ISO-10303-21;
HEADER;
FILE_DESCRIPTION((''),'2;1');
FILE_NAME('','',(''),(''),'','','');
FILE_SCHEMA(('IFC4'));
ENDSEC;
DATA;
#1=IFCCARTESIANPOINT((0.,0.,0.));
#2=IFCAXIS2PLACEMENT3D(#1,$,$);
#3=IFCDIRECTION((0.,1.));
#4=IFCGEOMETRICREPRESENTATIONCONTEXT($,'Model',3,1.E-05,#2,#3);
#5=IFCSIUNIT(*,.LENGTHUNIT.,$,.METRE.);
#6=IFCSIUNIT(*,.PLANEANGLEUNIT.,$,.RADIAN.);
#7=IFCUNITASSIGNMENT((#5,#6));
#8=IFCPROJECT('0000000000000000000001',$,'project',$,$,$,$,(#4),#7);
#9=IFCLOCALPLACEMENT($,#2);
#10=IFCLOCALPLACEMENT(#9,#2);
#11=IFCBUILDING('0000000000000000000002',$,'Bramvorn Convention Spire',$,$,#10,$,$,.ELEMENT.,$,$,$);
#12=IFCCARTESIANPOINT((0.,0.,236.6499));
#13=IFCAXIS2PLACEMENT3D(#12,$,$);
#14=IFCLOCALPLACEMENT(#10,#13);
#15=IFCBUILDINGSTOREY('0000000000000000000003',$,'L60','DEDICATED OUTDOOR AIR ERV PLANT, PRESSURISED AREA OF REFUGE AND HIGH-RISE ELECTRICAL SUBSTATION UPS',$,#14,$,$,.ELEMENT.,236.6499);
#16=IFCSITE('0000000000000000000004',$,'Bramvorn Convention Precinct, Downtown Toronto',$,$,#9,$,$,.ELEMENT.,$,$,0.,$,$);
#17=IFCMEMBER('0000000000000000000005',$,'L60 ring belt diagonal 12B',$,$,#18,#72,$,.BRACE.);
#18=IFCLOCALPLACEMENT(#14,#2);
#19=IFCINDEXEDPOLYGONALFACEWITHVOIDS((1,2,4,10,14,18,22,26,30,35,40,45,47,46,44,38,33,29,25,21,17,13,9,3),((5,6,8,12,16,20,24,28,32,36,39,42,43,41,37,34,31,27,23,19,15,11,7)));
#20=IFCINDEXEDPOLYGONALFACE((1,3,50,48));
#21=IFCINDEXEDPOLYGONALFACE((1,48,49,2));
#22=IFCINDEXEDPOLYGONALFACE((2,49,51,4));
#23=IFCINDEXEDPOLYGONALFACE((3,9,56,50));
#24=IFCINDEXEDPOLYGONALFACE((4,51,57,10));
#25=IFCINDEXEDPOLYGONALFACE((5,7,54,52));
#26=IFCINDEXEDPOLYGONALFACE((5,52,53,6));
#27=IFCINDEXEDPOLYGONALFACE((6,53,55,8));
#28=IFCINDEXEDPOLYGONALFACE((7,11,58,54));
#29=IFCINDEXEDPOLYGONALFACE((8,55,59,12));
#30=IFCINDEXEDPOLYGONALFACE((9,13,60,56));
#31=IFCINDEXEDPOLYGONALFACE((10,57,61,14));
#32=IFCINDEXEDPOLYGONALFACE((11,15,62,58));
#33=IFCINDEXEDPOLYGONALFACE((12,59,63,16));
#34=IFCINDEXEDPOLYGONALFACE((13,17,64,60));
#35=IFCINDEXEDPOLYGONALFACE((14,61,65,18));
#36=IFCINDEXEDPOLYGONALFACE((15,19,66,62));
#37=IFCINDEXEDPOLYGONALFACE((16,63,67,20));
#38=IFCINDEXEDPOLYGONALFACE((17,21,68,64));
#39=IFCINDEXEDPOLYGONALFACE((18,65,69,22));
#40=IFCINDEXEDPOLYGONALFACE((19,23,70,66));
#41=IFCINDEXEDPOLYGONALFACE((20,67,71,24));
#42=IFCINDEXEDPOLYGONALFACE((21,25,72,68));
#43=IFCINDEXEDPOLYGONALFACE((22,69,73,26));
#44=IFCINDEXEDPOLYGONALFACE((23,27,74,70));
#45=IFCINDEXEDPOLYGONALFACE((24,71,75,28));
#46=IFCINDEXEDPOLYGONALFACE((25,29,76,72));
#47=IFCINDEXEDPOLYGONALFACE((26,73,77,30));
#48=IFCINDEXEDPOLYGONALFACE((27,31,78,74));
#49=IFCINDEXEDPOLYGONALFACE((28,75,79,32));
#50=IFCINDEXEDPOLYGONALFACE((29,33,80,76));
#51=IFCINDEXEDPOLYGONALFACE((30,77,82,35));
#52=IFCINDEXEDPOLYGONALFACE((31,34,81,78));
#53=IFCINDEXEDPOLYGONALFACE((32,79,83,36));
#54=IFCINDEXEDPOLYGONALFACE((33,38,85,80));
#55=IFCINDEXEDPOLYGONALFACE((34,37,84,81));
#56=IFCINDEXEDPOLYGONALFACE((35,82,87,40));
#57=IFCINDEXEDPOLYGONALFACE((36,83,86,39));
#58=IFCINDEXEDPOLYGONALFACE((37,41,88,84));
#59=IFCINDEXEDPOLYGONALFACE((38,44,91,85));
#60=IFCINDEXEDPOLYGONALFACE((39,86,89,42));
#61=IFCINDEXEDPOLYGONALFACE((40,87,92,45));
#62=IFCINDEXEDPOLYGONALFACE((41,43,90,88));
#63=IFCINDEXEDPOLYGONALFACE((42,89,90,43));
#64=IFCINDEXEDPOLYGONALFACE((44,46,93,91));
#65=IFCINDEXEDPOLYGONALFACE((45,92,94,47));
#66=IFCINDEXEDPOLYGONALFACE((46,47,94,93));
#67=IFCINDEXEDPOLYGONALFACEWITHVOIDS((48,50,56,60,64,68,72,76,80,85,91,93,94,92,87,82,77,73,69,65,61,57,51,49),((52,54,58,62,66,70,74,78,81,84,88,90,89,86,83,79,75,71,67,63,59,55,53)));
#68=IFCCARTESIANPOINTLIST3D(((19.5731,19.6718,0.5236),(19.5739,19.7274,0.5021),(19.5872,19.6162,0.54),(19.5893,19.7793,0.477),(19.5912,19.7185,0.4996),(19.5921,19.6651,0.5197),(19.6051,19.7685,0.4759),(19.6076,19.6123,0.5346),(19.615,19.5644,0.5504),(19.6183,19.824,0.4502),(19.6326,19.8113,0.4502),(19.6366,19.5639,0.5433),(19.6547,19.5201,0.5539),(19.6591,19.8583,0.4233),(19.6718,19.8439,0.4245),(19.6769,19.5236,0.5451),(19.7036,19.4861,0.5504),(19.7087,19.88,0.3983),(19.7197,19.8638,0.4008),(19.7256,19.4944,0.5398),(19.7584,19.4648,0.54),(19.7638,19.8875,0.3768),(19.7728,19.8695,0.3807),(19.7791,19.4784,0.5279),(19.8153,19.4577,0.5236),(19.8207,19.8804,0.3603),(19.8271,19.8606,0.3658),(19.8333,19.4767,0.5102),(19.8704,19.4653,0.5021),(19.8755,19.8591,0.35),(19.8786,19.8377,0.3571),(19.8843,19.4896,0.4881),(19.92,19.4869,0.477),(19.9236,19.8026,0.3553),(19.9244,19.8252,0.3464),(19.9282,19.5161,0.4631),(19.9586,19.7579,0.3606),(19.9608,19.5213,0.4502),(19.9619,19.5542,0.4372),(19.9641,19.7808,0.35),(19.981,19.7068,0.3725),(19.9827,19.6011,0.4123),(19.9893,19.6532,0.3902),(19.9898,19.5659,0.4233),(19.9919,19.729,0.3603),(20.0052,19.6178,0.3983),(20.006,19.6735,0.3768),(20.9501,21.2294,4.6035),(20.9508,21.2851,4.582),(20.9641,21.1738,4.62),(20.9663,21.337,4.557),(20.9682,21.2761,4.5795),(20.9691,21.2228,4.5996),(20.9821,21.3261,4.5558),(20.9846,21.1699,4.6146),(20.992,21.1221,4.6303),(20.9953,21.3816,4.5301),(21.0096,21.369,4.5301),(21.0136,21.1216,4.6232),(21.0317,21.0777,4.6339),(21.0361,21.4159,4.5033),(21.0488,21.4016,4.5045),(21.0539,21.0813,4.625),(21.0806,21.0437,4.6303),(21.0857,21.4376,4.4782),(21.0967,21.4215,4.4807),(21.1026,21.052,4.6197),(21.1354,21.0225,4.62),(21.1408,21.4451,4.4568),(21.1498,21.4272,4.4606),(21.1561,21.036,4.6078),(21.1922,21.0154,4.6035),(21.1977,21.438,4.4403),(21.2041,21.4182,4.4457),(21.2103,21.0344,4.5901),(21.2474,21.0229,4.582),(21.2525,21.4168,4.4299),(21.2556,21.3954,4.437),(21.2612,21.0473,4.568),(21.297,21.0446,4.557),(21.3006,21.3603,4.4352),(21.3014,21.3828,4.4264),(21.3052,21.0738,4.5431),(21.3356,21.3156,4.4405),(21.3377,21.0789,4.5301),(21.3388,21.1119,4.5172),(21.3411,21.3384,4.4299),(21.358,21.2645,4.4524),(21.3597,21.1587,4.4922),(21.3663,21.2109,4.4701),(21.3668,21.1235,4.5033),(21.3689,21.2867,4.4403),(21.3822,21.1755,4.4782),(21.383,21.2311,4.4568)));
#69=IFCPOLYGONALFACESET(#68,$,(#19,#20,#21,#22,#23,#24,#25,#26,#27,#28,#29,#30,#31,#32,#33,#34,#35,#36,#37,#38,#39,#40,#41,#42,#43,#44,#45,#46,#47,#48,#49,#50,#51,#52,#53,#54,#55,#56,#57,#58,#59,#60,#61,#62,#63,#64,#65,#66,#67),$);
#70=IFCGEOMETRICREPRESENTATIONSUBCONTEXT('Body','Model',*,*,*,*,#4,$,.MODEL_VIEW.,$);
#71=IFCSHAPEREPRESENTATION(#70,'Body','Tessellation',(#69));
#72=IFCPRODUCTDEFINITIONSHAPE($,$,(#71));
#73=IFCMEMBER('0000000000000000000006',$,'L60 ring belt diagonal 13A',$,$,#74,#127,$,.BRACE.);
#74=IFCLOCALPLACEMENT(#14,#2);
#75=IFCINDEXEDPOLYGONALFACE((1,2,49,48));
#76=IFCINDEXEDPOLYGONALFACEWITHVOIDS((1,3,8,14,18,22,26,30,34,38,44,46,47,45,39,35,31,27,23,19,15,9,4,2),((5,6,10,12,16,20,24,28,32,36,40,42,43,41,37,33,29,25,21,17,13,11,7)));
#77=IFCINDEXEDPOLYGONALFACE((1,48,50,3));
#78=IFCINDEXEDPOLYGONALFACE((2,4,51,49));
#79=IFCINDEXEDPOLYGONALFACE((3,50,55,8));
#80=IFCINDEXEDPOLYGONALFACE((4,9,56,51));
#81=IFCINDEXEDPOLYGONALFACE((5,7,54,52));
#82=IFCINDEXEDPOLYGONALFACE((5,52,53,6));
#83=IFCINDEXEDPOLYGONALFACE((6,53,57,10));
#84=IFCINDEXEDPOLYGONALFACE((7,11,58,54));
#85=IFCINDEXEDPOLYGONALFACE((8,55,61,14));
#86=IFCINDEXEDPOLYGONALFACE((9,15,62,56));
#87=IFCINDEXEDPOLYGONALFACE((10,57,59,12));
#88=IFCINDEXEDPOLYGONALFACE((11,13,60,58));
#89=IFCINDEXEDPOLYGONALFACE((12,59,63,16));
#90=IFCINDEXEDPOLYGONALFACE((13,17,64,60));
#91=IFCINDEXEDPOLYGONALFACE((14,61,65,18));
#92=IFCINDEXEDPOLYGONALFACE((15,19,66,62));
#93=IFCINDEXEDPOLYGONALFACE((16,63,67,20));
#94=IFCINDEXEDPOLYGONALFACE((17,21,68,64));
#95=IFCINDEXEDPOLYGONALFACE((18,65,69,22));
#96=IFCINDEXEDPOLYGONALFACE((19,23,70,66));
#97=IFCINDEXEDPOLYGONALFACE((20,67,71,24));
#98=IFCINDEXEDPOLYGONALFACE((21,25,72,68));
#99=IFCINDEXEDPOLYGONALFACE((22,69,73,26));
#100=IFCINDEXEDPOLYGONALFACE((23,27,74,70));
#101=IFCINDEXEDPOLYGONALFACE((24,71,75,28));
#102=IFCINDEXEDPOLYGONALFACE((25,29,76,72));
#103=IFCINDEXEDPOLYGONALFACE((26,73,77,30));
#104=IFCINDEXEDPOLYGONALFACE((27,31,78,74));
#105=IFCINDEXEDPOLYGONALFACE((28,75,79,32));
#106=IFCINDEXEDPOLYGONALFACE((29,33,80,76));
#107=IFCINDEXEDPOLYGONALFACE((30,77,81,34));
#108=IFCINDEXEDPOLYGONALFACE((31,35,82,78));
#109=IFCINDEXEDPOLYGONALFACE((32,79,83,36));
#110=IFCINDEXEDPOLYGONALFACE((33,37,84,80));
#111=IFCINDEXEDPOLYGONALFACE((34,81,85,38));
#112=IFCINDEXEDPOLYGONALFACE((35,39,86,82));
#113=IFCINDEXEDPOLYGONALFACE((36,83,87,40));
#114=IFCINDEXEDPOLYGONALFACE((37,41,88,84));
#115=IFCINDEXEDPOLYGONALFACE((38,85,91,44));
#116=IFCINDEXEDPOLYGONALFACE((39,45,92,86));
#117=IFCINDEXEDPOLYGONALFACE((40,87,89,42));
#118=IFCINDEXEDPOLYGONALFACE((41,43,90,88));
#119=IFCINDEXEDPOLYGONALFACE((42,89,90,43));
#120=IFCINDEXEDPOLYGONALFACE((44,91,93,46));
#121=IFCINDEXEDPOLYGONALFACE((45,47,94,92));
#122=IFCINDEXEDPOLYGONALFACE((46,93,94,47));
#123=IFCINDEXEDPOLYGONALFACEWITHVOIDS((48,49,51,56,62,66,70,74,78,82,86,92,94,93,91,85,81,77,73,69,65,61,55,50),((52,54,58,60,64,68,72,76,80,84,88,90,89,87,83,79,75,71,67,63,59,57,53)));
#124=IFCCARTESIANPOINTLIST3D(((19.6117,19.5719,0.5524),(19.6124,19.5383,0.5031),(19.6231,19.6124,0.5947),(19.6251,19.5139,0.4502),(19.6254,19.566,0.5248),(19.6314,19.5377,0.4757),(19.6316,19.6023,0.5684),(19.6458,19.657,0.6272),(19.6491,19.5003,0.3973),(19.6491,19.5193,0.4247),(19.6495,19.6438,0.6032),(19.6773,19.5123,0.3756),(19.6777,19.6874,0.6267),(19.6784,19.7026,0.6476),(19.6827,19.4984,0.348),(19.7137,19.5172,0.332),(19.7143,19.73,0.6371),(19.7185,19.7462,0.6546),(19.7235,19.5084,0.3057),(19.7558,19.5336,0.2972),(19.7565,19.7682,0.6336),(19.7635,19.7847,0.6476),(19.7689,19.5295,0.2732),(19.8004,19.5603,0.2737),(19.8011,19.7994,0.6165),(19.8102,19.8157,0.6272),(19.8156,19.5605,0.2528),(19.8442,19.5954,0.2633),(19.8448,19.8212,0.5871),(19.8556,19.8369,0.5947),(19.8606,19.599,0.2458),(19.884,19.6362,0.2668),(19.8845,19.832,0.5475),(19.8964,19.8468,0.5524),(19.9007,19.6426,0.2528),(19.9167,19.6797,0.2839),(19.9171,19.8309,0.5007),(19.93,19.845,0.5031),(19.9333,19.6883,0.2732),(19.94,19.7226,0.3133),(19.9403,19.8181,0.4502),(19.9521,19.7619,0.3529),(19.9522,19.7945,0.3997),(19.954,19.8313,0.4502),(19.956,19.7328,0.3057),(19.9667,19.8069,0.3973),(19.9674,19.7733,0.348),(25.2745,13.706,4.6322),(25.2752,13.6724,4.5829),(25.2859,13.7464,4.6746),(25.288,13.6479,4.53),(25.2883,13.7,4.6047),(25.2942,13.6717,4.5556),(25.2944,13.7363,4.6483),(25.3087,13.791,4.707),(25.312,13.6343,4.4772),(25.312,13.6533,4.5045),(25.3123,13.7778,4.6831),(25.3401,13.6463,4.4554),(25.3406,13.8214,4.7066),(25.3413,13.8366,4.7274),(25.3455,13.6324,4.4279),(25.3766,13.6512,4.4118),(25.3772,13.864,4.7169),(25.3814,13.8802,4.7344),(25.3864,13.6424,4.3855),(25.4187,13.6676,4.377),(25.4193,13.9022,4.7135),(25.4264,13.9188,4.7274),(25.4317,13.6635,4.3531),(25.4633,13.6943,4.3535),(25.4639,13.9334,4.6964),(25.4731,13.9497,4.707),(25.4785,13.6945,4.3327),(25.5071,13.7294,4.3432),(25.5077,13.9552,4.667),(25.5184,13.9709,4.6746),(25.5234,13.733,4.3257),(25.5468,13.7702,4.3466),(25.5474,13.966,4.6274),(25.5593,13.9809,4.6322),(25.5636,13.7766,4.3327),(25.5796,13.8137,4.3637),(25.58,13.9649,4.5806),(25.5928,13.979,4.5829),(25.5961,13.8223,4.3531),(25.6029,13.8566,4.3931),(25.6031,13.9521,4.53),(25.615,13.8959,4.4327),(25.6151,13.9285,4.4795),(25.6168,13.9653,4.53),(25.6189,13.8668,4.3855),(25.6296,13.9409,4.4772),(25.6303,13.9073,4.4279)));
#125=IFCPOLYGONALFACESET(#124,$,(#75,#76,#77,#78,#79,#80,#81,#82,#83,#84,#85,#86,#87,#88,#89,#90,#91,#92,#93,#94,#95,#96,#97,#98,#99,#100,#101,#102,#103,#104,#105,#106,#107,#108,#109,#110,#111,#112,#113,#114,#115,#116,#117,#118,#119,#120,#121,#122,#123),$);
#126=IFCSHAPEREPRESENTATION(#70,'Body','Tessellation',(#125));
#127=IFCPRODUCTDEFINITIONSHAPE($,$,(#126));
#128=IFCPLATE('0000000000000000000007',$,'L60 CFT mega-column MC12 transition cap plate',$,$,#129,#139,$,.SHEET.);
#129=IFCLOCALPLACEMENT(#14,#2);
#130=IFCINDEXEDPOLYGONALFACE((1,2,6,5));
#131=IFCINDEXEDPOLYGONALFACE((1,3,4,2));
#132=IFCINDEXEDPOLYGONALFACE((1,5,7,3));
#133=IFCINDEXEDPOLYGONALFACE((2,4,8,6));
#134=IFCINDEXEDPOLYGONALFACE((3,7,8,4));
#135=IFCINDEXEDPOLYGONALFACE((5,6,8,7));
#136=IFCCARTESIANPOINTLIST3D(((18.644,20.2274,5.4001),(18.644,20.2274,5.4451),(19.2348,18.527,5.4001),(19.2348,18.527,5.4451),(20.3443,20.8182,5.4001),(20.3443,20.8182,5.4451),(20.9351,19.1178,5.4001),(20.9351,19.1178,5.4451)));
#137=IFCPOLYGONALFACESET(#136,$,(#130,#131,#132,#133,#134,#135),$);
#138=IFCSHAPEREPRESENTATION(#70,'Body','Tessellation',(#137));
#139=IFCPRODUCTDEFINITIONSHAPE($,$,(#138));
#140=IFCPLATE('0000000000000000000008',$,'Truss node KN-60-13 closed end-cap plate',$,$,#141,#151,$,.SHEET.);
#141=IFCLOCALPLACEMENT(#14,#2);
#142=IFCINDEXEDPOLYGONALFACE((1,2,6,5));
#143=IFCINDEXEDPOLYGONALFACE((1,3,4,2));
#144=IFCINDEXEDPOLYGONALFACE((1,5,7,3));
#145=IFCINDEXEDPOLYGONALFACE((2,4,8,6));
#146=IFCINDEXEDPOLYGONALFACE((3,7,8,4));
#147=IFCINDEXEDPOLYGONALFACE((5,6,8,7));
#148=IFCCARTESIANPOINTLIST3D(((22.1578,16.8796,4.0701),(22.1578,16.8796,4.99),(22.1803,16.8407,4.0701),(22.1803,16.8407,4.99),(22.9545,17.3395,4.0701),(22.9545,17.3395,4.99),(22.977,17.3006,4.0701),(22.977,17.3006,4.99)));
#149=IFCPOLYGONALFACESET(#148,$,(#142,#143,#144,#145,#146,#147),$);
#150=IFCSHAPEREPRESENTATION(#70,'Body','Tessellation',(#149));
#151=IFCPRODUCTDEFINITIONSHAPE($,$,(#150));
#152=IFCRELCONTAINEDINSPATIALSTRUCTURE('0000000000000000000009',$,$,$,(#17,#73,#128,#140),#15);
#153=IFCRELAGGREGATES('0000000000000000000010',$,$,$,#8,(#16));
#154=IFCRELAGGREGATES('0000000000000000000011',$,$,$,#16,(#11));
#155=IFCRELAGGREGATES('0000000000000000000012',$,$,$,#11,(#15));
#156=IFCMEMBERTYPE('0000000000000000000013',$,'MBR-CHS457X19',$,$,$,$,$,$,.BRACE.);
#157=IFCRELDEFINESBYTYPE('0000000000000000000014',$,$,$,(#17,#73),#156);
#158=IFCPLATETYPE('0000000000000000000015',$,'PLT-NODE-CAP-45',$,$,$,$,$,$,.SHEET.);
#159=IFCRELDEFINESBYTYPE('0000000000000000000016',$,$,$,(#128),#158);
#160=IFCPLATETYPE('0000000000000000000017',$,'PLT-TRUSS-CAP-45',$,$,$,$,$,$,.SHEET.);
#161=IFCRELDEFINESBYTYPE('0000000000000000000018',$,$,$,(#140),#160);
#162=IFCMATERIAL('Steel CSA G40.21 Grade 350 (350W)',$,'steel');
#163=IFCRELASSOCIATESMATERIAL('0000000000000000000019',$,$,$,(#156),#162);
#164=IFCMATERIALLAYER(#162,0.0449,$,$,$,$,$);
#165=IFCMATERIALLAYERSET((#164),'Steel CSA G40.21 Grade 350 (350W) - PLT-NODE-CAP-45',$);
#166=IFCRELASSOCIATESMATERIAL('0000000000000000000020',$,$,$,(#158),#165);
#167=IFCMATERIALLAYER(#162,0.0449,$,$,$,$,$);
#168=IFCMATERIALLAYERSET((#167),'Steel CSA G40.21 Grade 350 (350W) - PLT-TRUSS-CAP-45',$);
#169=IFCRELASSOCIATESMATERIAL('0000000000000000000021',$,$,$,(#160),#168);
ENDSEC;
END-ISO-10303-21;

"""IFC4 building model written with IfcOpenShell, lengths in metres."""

from ifc_helpers import new_model, si_unit, direction, frame, origin, origin_2d, place, context, subcontext, project, spatial, rectangle, hollow_circle, extrude, material, layer, layer_set, material_profile, profile_set, type_object, element, save


model = new_model("IFC4")

# Units and contexts
model_context = context("Model", 3, precision=1e-05, world=origin(), true_north=direction((0.0, 1.0)))
body_context = subcontext(model_context, "Body", "Model", "MODEL_VIEW")
ifc_project = project(units=[si_unit("LENGTHUNIT", "METRE"), si_unit("PLANEANGLEUNIT", "RADIAN")], contexts=[model_context])

# Site, building, storey
site_placement = place(None, origin())
site = spatial("IfcSite", under=ifc_project, at=site_placement, Name="Bramvorn Convention Precinct, Downtown Toronto", CompositionType="ELEMENT", RefElevation=0.0)
building_placement = place(site_placement, origin())
building = spatial("IfcBuilding", under=site, at=building_placement, Name="Bramvorn Convention Spire", CompositionType="ELEMENT")
storey_placement = place(building_placement, frame((0.0, 0.0, 236.6499)))
storey = spatial("IfcBuildingStorey", under=building, at=storey_placement, Name="L60", Description="DEDICATED OUTDOOR AIR ERV PLANT, PRESSURISED AREA OF REFUGE AND HIGH-RISE ELECTRICAL SUBSTATION UPS", CompositionType="ELEMENT", Elevation=236.6499)

# Shared definitions
ifc_material_1 = material(Name="Steel CSA G40.21 Grade 350 (350W)", Category="steel")

# Members
ifc_material_profile_1 = material_profile(ifc_material_1, hollow_circle(Radius=0.2285, WallThickness=0.019, at=origin_2d()))
ifc_profile_set_1 = profile_set([ifc_material_profile_1], Name="Steel CSA G40.21 Grade 350 (350W) - CHS457X19")
member_type_1 = type_object("IfcMemberType", Name="MBR-CHS457X19", PredefinedType="BRACE", material=ifc_profile_set_1)
member_1_placement = place(storey_placement, frame((19.7896, 19.6726, 0.4502), z_axis=(0.300711, 0.340166, 0.890989), x_axis=(-0.749221, 0.66232, 0.0)))
element("IfcMember", 1, at=member_1_placement, inside=storey, type_object=member_type_1, Name="L60 ring belt diagonal 12B", PredefinedType="BRACE", context=body_context, shape_type="SweptSolid", body=[
    extrude(hollow_circle(Radius=0.2285, WallThickness=0.019, at=origin_2d()), origin(), (0.0, 0.0, 1.0), 4.5791),
])
member_2_placement = place(storey_placement, frame((19.7896, 19.6726, 0.4502), z_axis=(0.62112, -0.643399, 0.44749), x_axis=(0.719454, 0.694541, 0.0)))
element("IfcMember", 2, at=member_2_placement, inside=storey, type_object=member_type_1, Name="L60 ring belt diagonal 13A", PredefinedType="BRACE", context=body_context, shape_type="SweptSolid", body=[
    extrude(hollow_circle(Radius=0.2285, WallThickness=0.019, at=origin_2d()), origin(), (0.0, 0.0, 1.0), 9.1172),
])

# Plates
ifc_layer_1 = layer(ifc_material_1, 0.0449)
ifc_layer_set_1 = layer_set([ifc_layer_1], Name="Steel CSA G40.21 Grade 350 (350W) - PLT-NODE-CAP-45")
plate_type_1 = type_object("IfcPlateType", Name="PLT-NODE-CAP-45", PredefinedType="SHEET", material=ifc_layer_set_1)
plate_1_placement = place(storey_placement, frame((19.7896, 19.6726, 5.4001), z_axis=(0.0, 0.0, 1.0), x_axis=(-0.944605, -0.328208, 0.0)))
element("IfcPlate", 3, at=plate_1_placement, inside=storey, type_object=plate_type_1, Name="L60 CFT mega-column MC12 transition cap plate", PredefinedType="SHEET", context=body_context, shape_type="SweptSolid", body=[
    extrude(rectangle(XDim=1.8, YDim=1.8, at=origin_2d()), origin(), (0.0, 0.0, 1.0), 0.0449),
])
ifc_layer_2 = layer(ifc_material_1, 0.0449)
ifc_layer_set_2 = layer_set([ifc_layer_2], Name="Steel CSA G40.21 Grade 350 (350W) - PLT-TRUSS-CAP-45")
plate_type_2 = type_object("IfcPlateType", Name="PLT-TRUSS-CAP-45", PredefinedType="SHEET", material=ifc_layer_set_2)
plate_2_placement = place(storey_placement, frame((22.5674, 17.0901, 4.0701), z_axis=(0.0, 0.0, 1.0), x_axis=(-0.866026, -0.499999, 0.0)))
element("IfcPlate", 4, at=plate_2_placement, inside=storey, type_object=plate_type_2, Name="Truss node KN-60-13 closed end-cap plate", PredefinedType="SHEET", context=body_context, shape_type="SweptSolid", body=[
    extrude(rectangle(XDim=0.9199, YDim=0.0449, at=origin_2d()), origin(), (0.0, 0.0, 1.0), 0.9199),
])

save(model, "model.ifc")
